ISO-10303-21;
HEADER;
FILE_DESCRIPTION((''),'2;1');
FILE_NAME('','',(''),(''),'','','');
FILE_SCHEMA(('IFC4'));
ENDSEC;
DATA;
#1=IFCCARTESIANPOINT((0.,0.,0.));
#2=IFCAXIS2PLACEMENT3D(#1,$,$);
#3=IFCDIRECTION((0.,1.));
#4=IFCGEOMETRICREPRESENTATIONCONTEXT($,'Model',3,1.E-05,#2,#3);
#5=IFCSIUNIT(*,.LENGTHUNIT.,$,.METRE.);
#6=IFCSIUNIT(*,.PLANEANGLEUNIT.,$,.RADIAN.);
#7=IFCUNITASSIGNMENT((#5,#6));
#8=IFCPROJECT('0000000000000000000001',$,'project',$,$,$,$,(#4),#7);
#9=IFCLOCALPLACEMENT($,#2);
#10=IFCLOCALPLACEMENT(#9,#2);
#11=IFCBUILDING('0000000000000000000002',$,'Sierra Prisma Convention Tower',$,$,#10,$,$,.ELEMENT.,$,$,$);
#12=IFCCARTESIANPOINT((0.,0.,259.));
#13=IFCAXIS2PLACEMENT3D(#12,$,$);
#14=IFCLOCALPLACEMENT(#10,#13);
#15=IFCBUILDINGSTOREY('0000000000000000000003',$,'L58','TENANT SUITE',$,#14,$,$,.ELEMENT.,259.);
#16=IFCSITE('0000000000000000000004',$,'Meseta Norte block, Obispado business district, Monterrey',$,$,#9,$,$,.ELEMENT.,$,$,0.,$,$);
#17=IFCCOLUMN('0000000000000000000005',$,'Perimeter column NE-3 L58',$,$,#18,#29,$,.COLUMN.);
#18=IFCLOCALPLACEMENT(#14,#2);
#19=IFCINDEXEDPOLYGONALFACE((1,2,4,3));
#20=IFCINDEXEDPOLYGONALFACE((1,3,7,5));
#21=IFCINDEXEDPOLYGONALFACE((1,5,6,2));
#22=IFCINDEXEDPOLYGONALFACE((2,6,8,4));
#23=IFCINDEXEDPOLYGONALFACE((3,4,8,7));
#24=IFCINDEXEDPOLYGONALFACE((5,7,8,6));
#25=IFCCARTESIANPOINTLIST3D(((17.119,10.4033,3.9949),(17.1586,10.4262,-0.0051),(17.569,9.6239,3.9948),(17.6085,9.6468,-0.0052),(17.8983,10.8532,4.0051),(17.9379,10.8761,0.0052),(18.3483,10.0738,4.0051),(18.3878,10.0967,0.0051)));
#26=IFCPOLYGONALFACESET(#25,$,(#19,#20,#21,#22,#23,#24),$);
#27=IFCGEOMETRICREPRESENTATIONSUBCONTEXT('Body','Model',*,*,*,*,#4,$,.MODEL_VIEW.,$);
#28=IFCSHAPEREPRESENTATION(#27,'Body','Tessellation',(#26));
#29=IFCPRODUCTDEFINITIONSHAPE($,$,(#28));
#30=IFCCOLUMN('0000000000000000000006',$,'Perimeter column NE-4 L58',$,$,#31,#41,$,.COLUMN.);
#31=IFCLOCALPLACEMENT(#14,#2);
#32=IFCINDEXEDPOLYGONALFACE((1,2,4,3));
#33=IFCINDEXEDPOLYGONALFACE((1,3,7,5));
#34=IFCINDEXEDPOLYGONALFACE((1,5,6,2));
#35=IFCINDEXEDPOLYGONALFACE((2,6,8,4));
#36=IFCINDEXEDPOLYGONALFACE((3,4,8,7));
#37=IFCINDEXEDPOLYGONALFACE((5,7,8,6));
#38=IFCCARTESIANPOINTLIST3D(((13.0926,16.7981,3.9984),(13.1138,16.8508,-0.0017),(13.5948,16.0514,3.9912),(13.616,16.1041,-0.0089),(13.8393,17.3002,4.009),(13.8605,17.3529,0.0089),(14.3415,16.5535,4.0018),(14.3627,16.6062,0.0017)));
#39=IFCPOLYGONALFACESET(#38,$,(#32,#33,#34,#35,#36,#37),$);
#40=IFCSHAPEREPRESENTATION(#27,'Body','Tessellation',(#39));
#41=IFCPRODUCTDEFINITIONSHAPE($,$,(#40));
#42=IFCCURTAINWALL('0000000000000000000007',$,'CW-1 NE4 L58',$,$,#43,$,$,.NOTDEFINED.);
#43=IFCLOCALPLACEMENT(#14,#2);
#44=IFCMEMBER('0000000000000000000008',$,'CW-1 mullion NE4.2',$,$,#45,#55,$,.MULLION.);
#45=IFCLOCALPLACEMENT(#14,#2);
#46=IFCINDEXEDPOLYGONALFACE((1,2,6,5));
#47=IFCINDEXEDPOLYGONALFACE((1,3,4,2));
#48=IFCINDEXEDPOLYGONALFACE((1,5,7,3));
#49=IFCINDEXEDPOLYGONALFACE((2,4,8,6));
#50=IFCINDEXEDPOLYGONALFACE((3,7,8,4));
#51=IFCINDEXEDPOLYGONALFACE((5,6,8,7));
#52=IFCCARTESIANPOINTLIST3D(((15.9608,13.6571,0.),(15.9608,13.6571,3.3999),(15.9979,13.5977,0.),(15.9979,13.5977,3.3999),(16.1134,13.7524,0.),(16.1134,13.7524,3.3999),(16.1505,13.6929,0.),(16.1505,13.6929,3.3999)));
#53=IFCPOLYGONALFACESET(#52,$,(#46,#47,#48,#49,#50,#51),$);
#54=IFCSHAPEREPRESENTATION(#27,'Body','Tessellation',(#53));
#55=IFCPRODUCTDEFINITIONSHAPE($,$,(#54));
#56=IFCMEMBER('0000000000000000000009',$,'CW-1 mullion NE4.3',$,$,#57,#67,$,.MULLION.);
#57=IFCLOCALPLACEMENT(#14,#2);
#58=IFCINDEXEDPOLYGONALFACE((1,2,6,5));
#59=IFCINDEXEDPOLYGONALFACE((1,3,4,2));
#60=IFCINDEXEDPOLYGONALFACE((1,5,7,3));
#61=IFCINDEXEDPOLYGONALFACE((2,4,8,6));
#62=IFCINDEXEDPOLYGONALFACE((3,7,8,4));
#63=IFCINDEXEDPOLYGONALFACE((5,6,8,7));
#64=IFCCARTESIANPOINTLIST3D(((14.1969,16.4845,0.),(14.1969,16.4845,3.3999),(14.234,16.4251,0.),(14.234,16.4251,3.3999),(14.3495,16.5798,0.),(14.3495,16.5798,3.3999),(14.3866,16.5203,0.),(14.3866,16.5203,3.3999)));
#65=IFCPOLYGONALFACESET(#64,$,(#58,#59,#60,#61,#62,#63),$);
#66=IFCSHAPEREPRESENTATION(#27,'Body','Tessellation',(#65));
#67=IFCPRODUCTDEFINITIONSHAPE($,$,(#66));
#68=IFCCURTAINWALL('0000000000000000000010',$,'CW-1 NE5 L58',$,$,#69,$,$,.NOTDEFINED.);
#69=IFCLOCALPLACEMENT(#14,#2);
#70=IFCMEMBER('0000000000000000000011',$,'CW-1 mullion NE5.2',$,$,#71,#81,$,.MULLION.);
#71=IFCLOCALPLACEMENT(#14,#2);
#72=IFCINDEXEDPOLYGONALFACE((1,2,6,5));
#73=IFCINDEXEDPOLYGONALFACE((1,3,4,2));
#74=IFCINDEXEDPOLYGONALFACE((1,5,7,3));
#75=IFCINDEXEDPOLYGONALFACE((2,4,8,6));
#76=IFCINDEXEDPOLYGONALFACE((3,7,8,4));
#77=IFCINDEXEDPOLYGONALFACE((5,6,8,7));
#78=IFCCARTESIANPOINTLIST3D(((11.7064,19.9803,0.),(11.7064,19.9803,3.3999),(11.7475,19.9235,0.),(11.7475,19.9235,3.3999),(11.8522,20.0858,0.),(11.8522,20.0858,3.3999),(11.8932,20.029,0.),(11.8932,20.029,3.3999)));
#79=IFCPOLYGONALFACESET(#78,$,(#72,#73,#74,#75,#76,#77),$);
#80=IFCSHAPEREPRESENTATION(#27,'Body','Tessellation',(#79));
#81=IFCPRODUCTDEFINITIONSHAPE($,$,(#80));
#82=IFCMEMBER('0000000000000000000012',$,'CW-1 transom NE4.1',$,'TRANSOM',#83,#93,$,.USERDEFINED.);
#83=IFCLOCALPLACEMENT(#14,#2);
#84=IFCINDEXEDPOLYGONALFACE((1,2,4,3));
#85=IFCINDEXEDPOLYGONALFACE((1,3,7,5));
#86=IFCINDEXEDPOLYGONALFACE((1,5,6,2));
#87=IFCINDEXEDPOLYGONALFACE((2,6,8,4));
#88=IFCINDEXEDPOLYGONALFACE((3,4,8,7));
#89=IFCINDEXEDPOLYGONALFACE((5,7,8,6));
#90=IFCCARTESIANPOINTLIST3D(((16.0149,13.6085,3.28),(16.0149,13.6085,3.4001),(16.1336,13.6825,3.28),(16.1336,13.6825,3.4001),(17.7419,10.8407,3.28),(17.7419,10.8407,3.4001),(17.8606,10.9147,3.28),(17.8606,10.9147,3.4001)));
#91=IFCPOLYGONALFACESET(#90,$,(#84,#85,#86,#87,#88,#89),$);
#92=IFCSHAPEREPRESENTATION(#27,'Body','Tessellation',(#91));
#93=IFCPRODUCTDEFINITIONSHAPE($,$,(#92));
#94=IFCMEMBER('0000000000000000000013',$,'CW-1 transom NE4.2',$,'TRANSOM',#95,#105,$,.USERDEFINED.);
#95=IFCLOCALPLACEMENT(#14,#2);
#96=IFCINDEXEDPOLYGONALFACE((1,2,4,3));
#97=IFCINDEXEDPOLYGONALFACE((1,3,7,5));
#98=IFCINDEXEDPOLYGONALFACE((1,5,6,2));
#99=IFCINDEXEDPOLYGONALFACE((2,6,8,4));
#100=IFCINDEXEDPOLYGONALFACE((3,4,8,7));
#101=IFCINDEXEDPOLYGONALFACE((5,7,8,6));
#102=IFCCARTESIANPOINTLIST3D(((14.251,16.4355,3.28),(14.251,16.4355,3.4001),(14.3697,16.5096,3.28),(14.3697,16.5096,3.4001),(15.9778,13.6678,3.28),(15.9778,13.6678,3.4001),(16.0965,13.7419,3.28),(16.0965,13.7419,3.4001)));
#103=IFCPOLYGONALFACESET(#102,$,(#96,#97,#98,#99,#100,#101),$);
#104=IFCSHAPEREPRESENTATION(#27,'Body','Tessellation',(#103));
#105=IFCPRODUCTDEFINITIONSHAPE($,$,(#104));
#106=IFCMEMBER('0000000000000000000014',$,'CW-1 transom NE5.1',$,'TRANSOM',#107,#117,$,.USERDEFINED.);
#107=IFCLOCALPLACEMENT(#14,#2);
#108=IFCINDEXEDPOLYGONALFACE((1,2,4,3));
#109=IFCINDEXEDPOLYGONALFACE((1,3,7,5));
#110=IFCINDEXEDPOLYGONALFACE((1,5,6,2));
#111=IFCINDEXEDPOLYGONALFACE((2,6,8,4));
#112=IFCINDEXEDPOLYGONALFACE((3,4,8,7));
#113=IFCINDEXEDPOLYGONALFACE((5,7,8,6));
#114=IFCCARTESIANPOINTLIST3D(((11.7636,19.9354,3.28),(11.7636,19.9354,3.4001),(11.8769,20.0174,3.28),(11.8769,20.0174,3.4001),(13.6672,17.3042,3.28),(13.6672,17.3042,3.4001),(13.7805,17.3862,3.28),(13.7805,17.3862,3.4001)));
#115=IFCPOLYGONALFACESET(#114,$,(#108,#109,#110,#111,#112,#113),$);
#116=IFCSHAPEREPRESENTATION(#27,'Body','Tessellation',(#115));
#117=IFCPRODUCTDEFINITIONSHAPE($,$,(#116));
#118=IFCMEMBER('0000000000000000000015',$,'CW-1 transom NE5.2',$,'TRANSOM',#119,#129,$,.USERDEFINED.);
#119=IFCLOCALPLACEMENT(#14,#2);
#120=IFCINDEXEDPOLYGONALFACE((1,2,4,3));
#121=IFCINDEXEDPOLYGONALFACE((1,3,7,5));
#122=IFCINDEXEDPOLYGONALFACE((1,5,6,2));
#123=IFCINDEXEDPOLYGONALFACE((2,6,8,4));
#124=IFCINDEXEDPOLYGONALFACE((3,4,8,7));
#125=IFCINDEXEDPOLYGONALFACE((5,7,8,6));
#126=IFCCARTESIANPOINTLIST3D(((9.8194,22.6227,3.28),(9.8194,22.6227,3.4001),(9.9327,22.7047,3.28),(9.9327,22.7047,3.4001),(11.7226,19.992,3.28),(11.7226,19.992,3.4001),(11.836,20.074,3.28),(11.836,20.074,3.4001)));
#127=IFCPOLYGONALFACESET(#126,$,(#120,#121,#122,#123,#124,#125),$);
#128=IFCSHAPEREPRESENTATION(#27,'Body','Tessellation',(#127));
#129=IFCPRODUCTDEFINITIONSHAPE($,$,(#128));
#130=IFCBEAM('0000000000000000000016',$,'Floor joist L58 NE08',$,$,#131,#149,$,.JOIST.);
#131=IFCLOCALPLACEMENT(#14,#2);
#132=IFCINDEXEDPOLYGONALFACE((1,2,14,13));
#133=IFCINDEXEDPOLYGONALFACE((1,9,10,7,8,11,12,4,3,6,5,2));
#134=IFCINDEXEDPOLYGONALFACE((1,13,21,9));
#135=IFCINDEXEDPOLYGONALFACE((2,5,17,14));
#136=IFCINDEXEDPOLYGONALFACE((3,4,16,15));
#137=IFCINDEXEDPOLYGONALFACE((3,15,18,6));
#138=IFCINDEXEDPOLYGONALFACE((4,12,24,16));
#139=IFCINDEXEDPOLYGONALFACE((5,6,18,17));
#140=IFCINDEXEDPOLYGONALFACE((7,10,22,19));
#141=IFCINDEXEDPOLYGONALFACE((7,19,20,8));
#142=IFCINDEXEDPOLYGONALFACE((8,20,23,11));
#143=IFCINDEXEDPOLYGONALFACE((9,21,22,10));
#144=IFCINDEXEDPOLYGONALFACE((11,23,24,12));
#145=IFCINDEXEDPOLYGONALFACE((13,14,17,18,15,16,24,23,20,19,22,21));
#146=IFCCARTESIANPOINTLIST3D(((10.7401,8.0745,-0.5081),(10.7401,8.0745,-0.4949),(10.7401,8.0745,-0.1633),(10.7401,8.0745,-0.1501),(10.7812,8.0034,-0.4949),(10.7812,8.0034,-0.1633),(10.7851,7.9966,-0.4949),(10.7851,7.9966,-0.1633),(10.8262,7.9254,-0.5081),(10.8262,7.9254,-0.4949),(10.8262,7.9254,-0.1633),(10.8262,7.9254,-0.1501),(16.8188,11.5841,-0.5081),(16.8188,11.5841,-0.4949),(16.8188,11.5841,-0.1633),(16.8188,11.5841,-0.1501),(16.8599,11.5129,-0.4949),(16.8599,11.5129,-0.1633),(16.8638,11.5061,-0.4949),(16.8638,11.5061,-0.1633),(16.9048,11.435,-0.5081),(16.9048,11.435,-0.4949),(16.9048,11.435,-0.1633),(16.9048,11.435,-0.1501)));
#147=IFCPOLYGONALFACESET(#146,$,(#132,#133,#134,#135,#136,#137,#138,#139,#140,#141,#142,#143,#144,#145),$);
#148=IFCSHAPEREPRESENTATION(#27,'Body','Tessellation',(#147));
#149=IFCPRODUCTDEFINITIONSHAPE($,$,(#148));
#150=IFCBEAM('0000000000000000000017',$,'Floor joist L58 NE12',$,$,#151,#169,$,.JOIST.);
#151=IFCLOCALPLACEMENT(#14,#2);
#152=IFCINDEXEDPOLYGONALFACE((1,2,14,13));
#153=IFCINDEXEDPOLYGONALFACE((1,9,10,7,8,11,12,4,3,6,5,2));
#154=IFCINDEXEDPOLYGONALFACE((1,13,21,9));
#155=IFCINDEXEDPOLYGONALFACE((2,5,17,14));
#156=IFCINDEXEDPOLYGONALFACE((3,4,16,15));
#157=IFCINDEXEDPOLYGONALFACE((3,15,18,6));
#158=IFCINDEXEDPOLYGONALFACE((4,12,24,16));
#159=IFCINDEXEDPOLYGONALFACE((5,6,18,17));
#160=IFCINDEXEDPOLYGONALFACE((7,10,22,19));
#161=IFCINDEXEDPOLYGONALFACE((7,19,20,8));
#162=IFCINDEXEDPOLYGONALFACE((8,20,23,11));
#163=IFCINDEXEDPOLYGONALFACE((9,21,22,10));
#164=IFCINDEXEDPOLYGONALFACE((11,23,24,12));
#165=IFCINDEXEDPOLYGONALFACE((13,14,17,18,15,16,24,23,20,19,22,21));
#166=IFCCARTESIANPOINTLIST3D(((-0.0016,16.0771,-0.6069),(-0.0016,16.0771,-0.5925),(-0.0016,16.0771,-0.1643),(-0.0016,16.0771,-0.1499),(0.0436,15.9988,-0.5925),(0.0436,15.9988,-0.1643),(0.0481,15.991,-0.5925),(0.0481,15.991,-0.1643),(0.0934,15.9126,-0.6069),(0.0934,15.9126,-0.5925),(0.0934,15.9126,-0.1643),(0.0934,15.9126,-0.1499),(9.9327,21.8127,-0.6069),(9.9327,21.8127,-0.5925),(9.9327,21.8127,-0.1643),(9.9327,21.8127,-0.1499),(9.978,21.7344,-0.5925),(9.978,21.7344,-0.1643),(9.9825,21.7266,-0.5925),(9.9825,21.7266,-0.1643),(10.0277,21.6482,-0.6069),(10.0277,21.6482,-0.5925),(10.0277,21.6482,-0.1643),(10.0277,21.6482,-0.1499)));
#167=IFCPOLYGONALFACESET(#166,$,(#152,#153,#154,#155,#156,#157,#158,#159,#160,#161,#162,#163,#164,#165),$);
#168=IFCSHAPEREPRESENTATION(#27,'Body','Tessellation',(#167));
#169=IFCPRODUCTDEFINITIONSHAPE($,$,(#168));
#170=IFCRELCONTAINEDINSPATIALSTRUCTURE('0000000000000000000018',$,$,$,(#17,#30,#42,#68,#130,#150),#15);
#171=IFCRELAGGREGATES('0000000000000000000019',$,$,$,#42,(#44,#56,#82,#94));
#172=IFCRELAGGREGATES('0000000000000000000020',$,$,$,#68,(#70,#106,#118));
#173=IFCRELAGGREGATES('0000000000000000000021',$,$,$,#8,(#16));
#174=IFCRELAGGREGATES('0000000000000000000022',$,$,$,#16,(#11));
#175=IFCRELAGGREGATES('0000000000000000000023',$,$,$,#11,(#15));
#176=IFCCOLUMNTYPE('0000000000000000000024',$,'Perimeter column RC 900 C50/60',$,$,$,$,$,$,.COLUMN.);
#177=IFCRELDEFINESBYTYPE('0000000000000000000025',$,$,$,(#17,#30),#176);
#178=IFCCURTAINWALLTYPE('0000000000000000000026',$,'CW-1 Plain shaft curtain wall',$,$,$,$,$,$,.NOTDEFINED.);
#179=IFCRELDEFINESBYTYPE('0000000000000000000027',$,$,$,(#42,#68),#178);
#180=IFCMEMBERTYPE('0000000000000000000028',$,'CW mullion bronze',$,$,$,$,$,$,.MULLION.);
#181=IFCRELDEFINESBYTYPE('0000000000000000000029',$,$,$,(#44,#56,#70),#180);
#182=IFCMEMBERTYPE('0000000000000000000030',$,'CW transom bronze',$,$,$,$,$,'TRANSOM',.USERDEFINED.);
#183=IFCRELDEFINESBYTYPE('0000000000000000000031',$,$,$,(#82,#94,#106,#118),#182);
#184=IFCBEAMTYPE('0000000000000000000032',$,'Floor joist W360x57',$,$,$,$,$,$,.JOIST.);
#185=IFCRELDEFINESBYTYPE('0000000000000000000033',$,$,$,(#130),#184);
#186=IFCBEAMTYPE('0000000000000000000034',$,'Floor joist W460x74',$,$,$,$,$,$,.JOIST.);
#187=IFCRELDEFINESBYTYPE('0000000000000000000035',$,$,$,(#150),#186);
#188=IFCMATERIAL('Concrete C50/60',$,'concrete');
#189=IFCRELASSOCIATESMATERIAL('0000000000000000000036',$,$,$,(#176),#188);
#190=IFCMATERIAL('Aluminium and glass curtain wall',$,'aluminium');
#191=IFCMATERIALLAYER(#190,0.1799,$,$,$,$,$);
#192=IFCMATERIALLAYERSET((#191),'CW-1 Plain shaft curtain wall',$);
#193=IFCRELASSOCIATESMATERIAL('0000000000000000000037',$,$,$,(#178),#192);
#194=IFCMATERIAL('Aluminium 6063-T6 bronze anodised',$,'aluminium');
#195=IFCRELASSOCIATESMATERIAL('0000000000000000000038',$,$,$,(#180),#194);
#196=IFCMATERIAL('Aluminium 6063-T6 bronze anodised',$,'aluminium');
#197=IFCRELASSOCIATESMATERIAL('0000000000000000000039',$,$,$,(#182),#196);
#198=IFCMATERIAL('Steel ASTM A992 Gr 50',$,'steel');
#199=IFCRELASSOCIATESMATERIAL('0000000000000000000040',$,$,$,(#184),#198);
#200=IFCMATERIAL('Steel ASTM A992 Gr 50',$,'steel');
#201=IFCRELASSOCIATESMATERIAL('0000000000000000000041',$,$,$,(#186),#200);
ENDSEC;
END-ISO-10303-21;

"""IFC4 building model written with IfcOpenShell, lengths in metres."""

from ifc_helpers import new_model, si_unit, direction, frame, origin, origin_2d, place, context, subcontext, project, spatial, rectangle, i_section, extrude, material, layer, layer_set, material_profile, profile_set, type_object, element, aggregate, save


model = new_model("IFC4")

# Units and contexts
model_context = context("Model", 3, precision=1e-05, world=origin(), true_north=direction((0.0, 1.0)))
body_context = subcontext(model_context, "Body", "Model", "MODEL_VIEW")
ifc_project = project(units=[si_unit("LENGTHUNIT", "METRE"), si_unit("PLANEANGLEUNIT", "RADIAN")], contexts=[model_context])

# Site, building, storey
site_placement = place(None, origin())
site = spatial("IfcSite", under=ifc_project, at=site_placement, Name="Meseta Norte block, Obispado business district, Monterrey", CompositionType="ELEMENT", RefElevation=0.0)
building_placement = place(site_placement, origin())
building = spatial("IfcBuilding", under=site, at=building_placement, Name="Sierra Prisma Convention Tower", CompositionType="ELEMENT")
storey_placement = place(building_placement, frame((0.0, 0.0, 259.0)))
storey = spatial("IfcBuildingStorey", under=building, at=storey_placement, Name="L58", Description="TENANT SUITE", CompositionType="ELEMENT", Elevation=259.0)

# Columns
ifc_material_1 = material(Name="Concrete C50/60", Category="concrete")
ifc_material_profile_1 = material_profile(ifc_material_1, rectangle(XDim=0.8999, YDim=0.8999, at=origin_2d()), Name="Perimeter column RC 900 C50/60")
ifc_profile_set_1 = profile_set([ifc_material_profile_1], Name="Concrete C50/60")
column_type = type_object("IfcColumnType", Name="Perimeter column RC 900 C50/60", PredefinedType="COLUMN", material=ifc_profile_set_1)
column_1_placement = place(storey_placement, frame((17.7732, 10.2615, 0.0), z_axis=(-0.009887, -0.005737, 0.999935), x_axis=(-0.499976, 0.86604, 0.000025)))
element("IfcColumn", 1, at=column_1_placement, inside=storey, type_object=column_type, Name="Perimeter column NE-3 L58", PredefinedType="COLUMN", context=body_context, shape_type="SweptSolid", body=[
    extrude(rectangle(XDim=0.8999, YDim=0.8999, at=origin_2d()), origin(), (0.0, 0.0, 1.0), 4.0002),
])
column_2_placement = place(storey_placement, frame((13.7383, 16.7285, 0.0), z_axis=(-0.00531, -0.013182, 0.999899), x_axis=(-0.558073, 0.829753, 0.007976)))
element("IfcColumn", 2, at=column_2_placement, inside=storey, type_object=column_type, Name="Perimeter column NE-4 L58", PredefinedType="COLUMN", context=body_context, shape_type="SweptSolid", body=[
    extrude(rectangle(XDim=0.8999, YDim=0.8999, at=origin_2d()), origin(), (0.0, 0.0, 1.0), 4.0005),
])

# Curtain wall, members
ifc_material_2 = material(Name="Aluminium and glass curtain wall", Category="aluminium")
ifc_layer_1 = layer(ifc_material_2, 0.1799)
ifc_layer_set_1 = layer_set([ifc_layer_1], Name="CW-1 Plain shaft curtain wall")
curtain_wall_type = type_object("IfcCurtainWallType", Name="CW-1 Plain shaft curtain wall", PredefinedType="NOTDEFINED", material=ifc_layer_set_1)
curtain_wall_1_placement = place(storey_placement, origin())
curtain_wall_1 = element("IfcCurtainWall", 3, at=curtain_wall_1_placement, inside=storey, type_object=curtain_wall_type, Name="CW-1 NE4 L58", PredefinedType="NOTDEFINED")
ifc_material_3 = material(Name="Aluminium 6063-T6 bronze anodised", Category="aluminium")
ifc_material_profile_2 = material_profile(ifc_material_3, rectangle(XDim=0.1799, YDim=0.0701, at=origin_2d()), Name="ALU MULLION 70x180")
ifc_profile_set_2 = profile_set([ifc_material_profile_2], Name="Aluminium 6063-T6 bronze anodised")
member_type_1 = type_object("IfcMemberType", Name="CW mullion bronze", PredefinedType="MULLION", material=ifc_profile_set_2)
member_1_placement = place(storey_placement, frame((16.0557, 13.675, 0.0), z_axis=(0.0, 0.0, 1.0), x_axis=(-0.848403, -0.529351, 0.0)))
member_1 = element("IfcMember", 4, at=member_1_placement, type_object=member_type_1, Name="CW-1 mullion NE4.2", PredefinedType="MULLION", context=body_context, shape_type="SweptSolid", body=[
    extrude(rectangle(XDim=0.1799, YDim=0.0701, at=origin_2d()), origin(), (0.0, 0.0, 1.0), 3.3999),
])
member_2_placement = place(storey_placement, frame((14.2917, 16.5024, 0.0), z_axis=(0.0, 0.0, 1.0), x_axis=(-0.848403, -0.529351, 0.0)))
member_2 = element("IfcMember", 5, at=member_2_placement, type_object=member_type_1, Name="CW-1 mullion NE4.3", PredefinedType="MULLION", context=body_context, shape_type="SweptSolid", body=[
    extrude(rectangle(XDim=0.1799, YDim=0.0701, at=origin_2d()), origin(), (0.0, 0.0, 1.0), 3.3999),
])

# Curtain wall, member
curtain_wall_2_placement = place(storey_placement, origin())
curtain_wall_2 = element("IfcCurtainWall", 6, at=curtain_wall_2_placement, inside=storey, type_object=curtain_wall_type, Name="CW-1 NE5 L58", PredefinedType="NOTDEFINED")
member_3_placement = place(storey_placement, frame((11.7998, 20.0046, 0.0), z_axis=(0.0, 0.0, 1.0), x_axis=(-0.810197, -0.586158, 0.0)))
member_3 = element("IfcMember", 7, at=member_3_placement, type_object=member_type_1, Name="CW-1 mullion NE5.2", PredefinedType="MULLION", context=body_context, shape_type="SweptSolid", body=[
    extrude(rectangle(XDim=0.1799, YDim=0.0701, at=origin_2d()), origin(), (0.0, 0.0, 1.0), 3.3999),
])

# Members
ifc_material_4 = material(Name="Aluminium 6063-T6 bronze anodised", Category="aluminium")
ifc_material_profile_3 = material_profile(ifc_material_4, rectangle(XDim=0.1399, YDim=0.1201, at=origin_2d()), Name="ALU TRANSOM 120x140")
ifc_profile_set_3 = profile_set([ifc_material_profile_3], Name="Aluminium 6063-T6 bronze anodised")
member_type_2 = type_object("IfcMemberType", Name="CW transom bronze", ElementType="TRANSOM", PredefinedType="USERDEFINED", material=ifc_profile_set_3)
member_4_placement = place(storey_placement, frame((17.8013, 10.8777, 3.3401), z_axis=(-0.529373, 0.848389, 0.0), x_axis=(-0.848389, -0.529373, 0.0)))
member_4 = element("IfcMember", 8, at=member_4_placement, type_object=member_type_2, Name="CW-1 transom NE4.1", ObjectType="TRANSOM", PredefinedType="USERDEFINED", context=body_context, shape_type="SweptSolid", body=[
    extrude(rectangle(XDim=0.1399, YDim=0.1201, at=origin_2d()), origin(), (0.0, 0.0, 1.0), 3.2625),
])
member_5_placement = place(storey_placement, frame((16.0371, 13.7048, 3.3401), z_axis=(-0.529319, 0.848423, 0.0), x_axis=(-0.848423, -0.529319, 0.0)))
member_5 = element("IfcMember", 9, at=member_5_placement, type_object=member_type_2, Name="CW-1 transom NE4.2", ObjectType="TRANSOM", PredefinedType="USERDEFINED", context=body_context, shape_type="SweptSolid", body=[
    extrude(rectangle(XDim=0.1399, YDim=0.1201, at=origin_2d()), origin(), (0.0, 0.0, 1.0), 3.2622),
])
member_6_placement = place(storey_placement, frame((13.7239, 17.3452, 3.3401), z_axis=(-0.586163, 0.810193, 0.0), x_axis=(-0.810193, -0.586163, 0.0)))
member_6 = element("IfcMember", 10, at=member_6_placement, type_object=member_type_2, Name="CW-1 transom NE5.1", ObjectType="TRANSOM", PredefinedType="USERDEFINED", context=body_context, shape_type="SweptSolid", body=[
    extrude(rectangle(XDim=0.1399, YDim=0.1201, at=origin_2d()), origin(), (0.0, 0.0, 1.0), 3.2476),
])
member_7_placement = place(storey_placement, frame((11.7793, 20.033, 3.3401), z_axis=(-0.586149, 0.810203, 0.0), x_axis=(-0.810203, -0.586149, 0.0)))
member_7 = element("IfcMember", 11, at=member_7_placement, type_object=member_type_2, Name="CW-1 transom NE5.2", ObjectType="TRANSOM", PredefinedType="USERDEFINED", context=body_context, shape_type="SweptSolid", body=[
    extrude(rectangle(XDim=0.1399, YDim=0.1201, at=origin_2d()), origin(), (0.0, 0.0, 1.0), 3.2471),
])

# Beams
ifc_material_5 = material(Name="Steel ASTM A992 Gr 50", Category="steel")
ifc_material_profile_4 = material_profile(ifc_material_5, i_section(OverallWidth=0.1721, OverallDepth=0.3579, WebThickness=0.0078, FlangeThickness=0.0132, at=origin_2d()), Name="W360x57")
ifc_profile_set_4 = profile_set([ifc_material_profile_4], Name="Steel ASTM A992 Gr 50")
beam_type_1 = type_object("IfcBeamType", Name="Floor joist W360x57", PredefinedType="JOIST", material=ifc_profile_set_4)
beam_1_placement = place(storey_placement, frame((16.8618, 11.5095, -0.3291), z_axis=(-0.866023, -0.500003, 0.0), x_axis=(0.500003, -0.866023, 0.0)))
element("IfcBeam", 12, at=beam_1_placement, inside=storey, type_object=beam_type_1, Name="Floor joist L58 NE08", PredefinedType="JOIST", context=body_context, shape_type="SweptSolid", body=[
    extrude(i_section(OverallWidth=0.1721, OverallDepth=0.3579, WebThickness=0.0078, FlangeThickness=0.0132, at=origin_2d()), origin(), (0.0, 0.0, 1.0), 7.019),
])
ifc_material_6 = material(Name="Steel ASTM A992 Gr 50", Category="steel")
ifc_material_profile_5 = material_profile(ifc_material_6, i_section(OverallWidth=0.1899, OverallDepth=0.457, WebThickness=0.009, FlangeThickness=0.0144, at=origin_2d()), Name="W460x74")
ifc_profile_set_5 = profile_set([ifc_material_profile_5], Name="Steel ASTM A992 Gr 50")
beam_type_2 = type_object("IfcBeamType", Name="Floor joist W460x74", PredefinedType="JOIST", material=ifc_profile_set_5)
beam_2_placement = place(storey_placement, frame((9.9802, 21.7305, -0.3784), z_axis=(-0.866025, -0.500001, 0.0), x_axis=(0.500001, -0.866025, 0.0)))
element("IfcBeam", 13, at=beam_2_placement, inside=storey, type_object=beam_type_2, Name="Floor joist L58 NE12", PredefinedType="JOIST", context=body_context, shape_type="SweptSolid", body=[
    extrude(i_section(OverallWidth=0.1899, OverallDepth=0.457, WebThickness=0.009, FlangeThickness=0.0144, at=origin_2d()), origin(), (0.0, 0.0, 1.0), 11.4712),
])

aggregate(curtain_wall_1, [member_1, member_2, member_4, member_5])
aggregate(curtain_wall_2, [member_3, member_6, member_7])

save(model, "model.ifc")
